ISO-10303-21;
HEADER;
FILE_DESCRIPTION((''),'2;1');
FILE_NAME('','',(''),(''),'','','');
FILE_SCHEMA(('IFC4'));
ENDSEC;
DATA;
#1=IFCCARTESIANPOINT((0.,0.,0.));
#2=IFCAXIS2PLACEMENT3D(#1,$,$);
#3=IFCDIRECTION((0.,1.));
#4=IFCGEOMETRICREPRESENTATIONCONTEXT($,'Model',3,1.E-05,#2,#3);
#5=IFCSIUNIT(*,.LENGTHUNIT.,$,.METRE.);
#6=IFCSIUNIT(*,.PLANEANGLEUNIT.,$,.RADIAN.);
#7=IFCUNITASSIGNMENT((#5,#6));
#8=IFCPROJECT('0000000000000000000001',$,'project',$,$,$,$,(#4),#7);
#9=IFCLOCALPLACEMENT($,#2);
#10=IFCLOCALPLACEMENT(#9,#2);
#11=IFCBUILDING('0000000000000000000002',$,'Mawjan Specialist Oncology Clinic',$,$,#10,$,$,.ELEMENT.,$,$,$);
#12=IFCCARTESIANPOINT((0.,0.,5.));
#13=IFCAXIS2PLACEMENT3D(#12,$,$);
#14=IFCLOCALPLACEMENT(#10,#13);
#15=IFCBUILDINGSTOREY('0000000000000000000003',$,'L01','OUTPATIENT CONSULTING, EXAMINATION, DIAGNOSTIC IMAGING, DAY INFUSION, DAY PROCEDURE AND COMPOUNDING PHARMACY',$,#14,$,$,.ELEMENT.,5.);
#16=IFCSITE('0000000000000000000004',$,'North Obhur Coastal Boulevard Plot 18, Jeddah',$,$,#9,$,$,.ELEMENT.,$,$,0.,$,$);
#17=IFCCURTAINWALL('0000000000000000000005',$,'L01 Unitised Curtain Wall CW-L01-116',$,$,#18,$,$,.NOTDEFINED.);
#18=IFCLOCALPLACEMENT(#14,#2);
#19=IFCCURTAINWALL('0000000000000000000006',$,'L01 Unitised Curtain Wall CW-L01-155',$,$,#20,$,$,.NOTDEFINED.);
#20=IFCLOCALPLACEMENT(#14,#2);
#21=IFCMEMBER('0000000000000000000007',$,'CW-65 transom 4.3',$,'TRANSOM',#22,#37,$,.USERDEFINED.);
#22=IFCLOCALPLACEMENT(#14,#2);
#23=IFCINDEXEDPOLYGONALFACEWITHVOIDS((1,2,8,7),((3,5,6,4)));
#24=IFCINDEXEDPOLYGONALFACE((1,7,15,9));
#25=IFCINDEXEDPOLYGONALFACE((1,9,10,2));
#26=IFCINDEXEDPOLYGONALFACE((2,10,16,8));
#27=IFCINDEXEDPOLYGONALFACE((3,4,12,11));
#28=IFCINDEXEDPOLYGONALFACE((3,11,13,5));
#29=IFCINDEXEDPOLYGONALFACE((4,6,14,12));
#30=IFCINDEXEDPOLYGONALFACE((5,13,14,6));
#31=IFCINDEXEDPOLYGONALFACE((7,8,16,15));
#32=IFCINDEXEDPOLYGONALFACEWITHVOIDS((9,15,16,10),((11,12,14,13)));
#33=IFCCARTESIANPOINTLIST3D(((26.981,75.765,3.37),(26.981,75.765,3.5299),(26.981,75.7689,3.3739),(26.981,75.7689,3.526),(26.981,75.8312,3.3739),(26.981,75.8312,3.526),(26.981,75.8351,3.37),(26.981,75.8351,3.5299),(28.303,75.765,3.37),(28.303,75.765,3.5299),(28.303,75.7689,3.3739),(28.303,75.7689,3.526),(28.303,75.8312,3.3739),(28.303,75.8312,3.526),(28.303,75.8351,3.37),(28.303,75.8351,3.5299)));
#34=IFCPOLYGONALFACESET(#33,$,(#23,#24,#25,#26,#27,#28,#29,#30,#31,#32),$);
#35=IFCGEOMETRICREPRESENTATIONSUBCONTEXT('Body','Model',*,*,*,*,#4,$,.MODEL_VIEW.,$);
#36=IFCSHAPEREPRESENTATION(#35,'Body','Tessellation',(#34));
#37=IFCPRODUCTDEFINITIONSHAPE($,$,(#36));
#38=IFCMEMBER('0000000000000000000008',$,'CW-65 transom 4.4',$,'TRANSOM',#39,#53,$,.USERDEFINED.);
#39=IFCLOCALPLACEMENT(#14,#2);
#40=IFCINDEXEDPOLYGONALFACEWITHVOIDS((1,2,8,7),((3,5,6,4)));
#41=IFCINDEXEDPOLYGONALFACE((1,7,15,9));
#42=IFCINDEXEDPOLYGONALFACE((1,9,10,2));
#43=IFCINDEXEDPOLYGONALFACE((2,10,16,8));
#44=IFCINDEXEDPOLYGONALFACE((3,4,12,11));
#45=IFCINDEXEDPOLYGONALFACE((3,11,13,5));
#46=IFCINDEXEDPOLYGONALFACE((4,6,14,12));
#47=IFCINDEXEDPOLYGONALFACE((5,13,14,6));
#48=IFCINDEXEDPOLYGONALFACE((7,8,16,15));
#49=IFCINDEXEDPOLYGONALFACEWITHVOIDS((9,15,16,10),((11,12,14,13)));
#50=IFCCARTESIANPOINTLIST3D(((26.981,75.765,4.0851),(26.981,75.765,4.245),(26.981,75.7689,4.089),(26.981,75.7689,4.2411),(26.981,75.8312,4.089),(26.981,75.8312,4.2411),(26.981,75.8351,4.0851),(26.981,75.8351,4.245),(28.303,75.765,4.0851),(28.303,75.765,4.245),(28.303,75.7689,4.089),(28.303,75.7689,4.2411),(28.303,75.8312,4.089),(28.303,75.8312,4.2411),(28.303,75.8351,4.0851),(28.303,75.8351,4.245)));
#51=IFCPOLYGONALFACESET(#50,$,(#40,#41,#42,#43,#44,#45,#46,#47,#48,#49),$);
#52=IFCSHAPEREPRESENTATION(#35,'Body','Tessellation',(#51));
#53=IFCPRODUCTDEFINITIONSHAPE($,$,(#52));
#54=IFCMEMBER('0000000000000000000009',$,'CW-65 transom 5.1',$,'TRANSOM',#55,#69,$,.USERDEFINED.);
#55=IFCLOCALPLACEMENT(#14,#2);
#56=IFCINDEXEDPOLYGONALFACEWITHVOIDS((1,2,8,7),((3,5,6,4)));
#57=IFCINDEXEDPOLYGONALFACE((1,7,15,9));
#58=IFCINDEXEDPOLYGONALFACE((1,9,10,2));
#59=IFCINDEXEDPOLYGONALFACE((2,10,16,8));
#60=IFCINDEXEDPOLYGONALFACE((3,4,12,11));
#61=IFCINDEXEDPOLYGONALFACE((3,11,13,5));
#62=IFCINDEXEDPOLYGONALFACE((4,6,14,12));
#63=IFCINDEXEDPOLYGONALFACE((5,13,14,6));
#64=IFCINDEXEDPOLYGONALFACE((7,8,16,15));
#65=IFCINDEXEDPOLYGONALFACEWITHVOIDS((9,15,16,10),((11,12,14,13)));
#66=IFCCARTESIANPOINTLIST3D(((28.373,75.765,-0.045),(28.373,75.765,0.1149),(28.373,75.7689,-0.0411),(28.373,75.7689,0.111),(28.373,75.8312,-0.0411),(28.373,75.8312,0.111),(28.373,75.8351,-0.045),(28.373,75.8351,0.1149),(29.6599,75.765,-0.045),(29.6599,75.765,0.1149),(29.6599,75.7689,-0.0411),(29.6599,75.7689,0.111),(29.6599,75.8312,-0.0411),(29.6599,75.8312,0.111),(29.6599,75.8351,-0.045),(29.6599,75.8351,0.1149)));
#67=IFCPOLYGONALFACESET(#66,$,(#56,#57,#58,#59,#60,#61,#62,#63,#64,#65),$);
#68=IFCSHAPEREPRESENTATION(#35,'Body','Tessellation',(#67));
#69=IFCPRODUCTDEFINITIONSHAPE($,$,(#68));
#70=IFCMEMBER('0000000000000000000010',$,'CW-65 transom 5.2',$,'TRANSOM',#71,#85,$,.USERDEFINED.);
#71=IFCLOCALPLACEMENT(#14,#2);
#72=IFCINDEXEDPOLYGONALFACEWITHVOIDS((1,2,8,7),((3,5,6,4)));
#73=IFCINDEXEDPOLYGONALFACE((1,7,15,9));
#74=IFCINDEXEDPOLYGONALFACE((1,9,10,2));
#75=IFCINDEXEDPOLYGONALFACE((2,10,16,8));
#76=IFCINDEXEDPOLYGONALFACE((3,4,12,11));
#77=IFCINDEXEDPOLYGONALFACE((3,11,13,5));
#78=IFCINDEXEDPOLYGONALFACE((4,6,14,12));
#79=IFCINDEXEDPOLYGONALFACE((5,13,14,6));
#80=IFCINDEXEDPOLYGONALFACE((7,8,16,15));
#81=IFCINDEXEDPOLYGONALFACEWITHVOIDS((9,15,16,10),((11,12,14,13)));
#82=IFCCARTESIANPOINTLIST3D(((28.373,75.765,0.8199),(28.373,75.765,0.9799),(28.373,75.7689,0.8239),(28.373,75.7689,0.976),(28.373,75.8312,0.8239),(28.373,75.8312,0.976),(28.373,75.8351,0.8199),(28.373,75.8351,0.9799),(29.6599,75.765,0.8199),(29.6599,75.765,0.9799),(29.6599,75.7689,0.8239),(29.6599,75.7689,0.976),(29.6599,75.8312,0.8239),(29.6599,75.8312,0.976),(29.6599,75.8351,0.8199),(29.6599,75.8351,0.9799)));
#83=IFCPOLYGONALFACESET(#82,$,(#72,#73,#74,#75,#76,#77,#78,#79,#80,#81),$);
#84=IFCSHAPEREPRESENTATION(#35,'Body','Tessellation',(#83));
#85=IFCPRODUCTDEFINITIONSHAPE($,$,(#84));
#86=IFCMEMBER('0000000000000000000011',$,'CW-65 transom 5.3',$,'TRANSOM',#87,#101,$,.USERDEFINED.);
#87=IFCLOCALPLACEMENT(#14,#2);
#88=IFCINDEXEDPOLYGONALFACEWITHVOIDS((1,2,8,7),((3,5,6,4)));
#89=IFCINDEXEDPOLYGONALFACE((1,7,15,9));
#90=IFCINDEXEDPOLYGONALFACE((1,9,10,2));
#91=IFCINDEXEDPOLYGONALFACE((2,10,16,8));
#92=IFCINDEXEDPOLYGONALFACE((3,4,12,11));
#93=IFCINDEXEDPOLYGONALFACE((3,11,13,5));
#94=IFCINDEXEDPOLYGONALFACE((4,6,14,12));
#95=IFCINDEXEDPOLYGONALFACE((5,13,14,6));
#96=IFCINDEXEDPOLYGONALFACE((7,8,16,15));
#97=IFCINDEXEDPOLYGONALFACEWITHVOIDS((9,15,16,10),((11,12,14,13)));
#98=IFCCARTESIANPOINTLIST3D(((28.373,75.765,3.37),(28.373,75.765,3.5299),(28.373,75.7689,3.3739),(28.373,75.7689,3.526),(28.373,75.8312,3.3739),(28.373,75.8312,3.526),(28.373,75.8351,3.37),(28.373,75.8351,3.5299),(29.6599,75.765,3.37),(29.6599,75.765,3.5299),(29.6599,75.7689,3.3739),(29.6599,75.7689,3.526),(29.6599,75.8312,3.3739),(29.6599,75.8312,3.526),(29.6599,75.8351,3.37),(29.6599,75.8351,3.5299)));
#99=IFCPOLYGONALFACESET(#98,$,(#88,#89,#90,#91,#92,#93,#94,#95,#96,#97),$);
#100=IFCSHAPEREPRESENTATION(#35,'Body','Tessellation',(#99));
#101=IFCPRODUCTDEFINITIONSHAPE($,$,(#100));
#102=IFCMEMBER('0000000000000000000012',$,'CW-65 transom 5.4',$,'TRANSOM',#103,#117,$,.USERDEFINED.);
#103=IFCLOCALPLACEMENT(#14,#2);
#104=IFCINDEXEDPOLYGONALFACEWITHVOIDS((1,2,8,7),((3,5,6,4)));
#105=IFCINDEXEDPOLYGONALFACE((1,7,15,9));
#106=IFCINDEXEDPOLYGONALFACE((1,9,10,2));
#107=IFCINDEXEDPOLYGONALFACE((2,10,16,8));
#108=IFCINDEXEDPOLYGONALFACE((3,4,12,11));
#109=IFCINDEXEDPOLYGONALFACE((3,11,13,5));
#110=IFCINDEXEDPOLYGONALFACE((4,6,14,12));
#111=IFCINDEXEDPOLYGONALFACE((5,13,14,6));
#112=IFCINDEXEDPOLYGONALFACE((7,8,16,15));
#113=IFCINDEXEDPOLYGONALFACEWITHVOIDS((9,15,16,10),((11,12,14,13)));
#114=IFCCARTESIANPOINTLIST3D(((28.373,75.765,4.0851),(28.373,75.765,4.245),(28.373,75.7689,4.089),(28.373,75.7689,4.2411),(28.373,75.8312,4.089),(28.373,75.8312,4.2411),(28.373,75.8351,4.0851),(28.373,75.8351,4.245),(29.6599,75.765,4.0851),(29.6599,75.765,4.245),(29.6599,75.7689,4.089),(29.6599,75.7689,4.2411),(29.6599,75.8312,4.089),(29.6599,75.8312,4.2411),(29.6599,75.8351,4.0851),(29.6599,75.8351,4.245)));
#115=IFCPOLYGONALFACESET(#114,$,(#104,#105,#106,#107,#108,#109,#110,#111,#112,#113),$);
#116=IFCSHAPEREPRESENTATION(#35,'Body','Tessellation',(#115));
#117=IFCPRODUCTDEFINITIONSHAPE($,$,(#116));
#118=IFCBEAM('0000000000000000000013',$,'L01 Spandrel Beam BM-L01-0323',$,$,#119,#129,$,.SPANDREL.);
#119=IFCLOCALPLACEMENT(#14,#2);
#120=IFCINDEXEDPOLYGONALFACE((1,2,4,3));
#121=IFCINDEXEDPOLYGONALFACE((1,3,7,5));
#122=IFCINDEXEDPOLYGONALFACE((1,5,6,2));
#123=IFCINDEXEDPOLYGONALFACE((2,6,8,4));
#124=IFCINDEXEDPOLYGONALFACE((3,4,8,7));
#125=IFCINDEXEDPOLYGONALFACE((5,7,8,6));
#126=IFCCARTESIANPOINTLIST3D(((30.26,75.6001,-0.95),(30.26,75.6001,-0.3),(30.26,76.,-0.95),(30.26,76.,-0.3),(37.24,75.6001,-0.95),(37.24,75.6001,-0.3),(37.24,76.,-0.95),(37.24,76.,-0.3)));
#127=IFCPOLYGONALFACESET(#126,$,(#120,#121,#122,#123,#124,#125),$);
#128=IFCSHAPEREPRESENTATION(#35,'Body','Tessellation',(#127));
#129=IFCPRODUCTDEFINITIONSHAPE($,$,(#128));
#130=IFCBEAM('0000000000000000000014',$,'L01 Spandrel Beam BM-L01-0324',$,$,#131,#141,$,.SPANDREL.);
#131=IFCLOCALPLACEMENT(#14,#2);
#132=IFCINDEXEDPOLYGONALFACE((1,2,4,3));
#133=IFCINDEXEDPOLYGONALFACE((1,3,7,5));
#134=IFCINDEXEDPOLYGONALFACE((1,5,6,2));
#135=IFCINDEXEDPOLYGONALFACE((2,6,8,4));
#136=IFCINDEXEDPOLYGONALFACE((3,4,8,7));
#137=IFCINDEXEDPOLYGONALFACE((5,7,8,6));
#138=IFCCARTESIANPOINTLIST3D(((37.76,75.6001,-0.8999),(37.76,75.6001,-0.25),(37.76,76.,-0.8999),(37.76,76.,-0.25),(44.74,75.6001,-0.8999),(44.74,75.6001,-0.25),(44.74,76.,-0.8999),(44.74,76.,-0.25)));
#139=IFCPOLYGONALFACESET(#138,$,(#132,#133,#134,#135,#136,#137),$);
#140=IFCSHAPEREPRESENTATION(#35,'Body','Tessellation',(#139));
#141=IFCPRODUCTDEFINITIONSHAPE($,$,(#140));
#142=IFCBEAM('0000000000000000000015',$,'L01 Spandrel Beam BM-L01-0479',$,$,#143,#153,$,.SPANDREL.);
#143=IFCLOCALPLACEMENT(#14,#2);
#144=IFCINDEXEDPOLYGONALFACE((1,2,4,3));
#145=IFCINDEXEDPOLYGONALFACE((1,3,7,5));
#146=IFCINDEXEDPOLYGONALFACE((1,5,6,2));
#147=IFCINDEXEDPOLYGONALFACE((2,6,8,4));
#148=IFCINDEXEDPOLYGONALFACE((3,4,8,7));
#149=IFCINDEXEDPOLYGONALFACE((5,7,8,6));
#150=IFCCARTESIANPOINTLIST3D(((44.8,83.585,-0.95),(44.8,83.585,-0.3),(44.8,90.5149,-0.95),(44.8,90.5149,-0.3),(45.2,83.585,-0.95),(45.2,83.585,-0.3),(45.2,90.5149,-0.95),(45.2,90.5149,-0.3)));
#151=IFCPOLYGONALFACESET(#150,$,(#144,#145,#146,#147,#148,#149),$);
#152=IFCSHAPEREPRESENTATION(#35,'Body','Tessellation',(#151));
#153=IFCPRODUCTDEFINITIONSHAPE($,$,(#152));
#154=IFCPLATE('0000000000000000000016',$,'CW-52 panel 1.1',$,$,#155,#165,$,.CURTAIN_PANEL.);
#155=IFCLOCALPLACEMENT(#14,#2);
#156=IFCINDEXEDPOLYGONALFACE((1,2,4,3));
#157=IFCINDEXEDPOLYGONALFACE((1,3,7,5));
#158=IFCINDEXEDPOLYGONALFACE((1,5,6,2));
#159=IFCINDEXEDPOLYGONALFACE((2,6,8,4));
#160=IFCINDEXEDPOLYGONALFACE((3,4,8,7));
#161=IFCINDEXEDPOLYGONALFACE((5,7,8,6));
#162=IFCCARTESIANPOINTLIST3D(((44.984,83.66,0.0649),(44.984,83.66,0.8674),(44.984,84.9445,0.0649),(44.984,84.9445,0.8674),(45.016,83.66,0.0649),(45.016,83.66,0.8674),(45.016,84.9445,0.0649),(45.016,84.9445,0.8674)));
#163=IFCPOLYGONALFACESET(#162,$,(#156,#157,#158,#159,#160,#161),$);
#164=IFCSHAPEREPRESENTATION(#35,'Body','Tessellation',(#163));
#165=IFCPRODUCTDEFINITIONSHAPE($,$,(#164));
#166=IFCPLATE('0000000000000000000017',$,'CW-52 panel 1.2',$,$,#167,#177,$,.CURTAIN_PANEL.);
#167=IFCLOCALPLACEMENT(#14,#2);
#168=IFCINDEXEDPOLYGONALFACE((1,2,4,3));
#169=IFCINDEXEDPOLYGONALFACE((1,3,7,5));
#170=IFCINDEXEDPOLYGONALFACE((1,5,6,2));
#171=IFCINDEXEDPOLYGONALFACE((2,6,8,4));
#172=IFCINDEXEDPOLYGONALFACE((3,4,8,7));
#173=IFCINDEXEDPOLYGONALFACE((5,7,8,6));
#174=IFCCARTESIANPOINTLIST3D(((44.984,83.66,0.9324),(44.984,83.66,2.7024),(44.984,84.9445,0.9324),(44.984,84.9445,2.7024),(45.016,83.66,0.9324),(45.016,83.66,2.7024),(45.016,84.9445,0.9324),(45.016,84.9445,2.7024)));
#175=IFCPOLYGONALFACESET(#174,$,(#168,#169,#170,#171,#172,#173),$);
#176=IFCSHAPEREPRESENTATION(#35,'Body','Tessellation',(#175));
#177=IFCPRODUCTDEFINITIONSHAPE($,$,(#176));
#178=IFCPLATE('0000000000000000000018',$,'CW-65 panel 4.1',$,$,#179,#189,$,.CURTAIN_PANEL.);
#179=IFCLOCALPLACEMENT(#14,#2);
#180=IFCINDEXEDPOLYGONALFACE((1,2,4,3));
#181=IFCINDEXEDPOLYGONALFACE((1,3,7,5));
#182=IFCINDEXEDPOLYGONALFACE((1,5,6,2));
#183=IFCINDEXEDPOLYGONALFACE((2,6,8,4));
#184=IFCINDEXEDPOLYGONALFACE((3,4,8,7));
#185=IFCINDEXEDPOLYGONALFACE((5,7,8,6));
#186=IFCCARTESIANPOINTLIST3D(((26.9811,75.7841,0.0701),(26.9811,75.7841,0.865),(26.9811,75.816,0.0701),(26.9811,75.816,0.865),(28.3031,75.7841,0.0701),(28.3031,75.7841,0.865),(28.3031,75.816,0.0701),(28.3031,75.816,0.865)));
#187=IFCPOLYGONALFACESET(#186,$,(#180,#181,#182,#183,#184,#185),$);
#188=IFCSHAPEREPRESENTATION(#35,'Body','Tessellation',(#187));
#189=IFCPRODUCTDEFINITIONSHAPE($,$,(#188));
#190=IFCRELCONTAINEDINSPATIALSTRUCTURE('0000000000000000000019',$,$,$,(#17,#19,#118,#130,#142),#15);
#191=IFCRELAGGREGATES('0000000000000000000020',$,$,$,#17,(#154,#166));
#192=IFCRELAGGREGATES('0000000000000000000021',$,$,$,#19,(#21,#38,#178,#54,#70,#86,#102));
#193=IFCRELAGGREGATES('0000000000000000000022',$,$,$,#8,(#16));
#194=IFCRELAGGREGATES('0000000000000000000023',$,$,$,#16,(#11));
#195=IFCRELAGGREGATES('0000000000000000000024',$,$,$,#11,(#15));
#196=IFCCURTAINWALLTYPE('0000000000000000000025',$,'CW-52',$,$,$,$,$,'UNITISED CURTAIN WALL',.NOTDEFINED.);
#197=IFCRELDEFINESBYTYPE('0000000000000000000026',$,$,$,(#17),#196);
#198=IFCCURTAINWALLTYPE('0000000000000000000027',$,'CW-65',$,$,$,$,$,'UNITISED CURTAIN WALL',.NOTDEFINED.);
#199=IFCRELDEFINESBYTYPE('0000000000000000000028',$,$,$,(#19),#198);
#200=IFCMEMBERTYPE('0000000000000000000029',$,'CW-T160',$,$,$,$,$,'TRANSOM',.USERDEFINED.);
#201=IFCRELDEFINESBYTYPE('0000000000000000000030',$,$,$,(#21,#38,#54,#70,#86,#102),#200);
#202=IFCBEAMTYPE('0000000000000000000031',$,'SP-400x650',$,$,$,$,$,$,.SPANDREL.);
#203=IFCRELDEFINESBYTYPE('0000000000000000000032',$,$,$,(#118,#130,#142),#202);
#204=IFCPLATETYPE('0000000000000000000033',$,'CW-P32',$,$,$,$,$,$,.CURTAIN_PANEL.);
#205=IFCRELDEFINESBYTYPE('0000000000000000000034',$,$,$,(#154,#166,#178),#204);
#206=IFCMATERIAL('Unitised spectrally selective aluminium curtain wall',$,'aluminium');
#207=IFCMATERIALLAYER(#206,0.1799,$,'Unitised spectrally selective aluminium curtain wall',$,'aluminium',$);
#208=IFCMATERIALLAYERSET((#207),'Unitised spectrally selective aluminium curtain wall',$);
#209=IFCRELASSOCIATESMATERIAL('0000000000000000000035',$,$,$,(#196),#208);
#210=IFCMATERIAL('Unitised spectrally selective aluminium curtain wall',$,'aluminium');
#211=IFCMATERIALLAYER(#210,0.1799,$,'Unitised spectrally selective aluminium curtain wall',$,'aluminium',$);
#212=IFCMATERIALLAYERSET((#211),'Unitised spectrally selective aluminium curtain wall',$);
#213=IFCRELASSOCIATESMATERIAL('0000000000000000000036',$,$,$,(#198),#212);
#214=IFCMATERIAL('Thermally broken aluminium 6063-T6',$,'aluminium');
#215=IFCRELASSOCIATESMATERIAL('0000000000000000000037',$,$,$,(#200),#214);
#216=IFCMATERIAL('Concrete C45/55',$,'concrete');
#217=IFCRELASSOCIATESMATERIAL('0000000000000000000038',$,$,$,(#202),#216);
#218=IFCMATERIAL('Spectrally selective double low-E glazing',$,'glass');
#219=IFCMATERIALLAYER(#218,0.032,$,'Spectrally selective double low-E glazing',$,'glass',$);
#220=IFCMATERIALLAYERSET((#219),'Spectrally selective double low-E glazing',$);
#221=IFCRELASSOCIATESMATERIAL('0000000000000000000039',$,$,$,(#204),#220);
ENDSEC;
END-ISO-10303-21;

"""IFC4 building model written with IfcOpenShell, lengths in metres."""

from ifc_helpers import new_model, si_unit, direction, frame, origin, origin_2d, place, context, subcontext, project, spatial, rectangle, hollow_rectangle, extrude, material, layer, layer_set, material_profile, profile_set, type_object, element, aggregate, save


model = new_model("IFC4")

# Units and contexts
model_context = context("Model", 3, precision=1e-05, world=origin(), true_north=direction((0.0, 1.0)))
body_context = subcontext(model_context, "Body", "Model", "MODEL_VIEW")
ifc_project = project(units=[si_unit("LENGTHUNIT", "METRE"), si_unit("PLANEANGLEUNIT", "RADIAN")], contexts=[model_context])

# Site, building, storey
site_placement = place(None, origin())
site = spatial("IfcSite", under=ifc_project, at=site_placement, Name="North Obhur Coastal Boulevard Plot 18, Jeddah", CompositionType="ELEMENT", RefElevation=0.0)
building_placement = place(site_placement, origin())
building = spatial("IfcBuilding", under=site, at=building_placement, Name="Mawjan Specialist Oncology Clinic", CompositionType="ELEMENT")
storey_placement = place(building_placement, frame((0.0, 0.0, 5.0)))
storey = spatial("IfcBuildingStorey", under=building, at=storey_placement, Name="L01", Description="OUTPATIENT CONSULTING, EXAMINATION, DIAGNOSTIC IMAGING, DAY INFUSION, DAY PROCEDURE AND COMPOUNDING PHARMACY", CompositionType="ELEMENT", Elevation=5.0)

# Curtain wall
ifc_material_1 = material(Name="Unitised spectrally selective aluminium curtain wall", Category="aluminium")
ifc_layer_1 = layer(ifc_material_1, 0.1799, Name="Unitised spectrally selective aluminium curtain wall", Category="aluminium")
ifc_layer_set_1 = layer_set([ifc_layer_1], Name="Unitised spectrally selective aluminium curtain wall")
curtain_wall_type_1 = type_object("IfcCurtainWallType", Name="CW-52", ElementType="UNITISED CURTAIN WALL", PredefinedType="NOTDEFINED", material=ifc_layer_set_1)
curtain_wall_1_placement = place(storey_placement, origin())
curtain_wall_1 = element("IfcCurtainWall", 1, at=curtain_wall_1_placement, inside=storey, type_object=curtain_wall_type_1, Name="L01 Unitised Curtain Wall CW-L01-116", PredefinedType="NOTDEFINED")

# Curtain wall
ifc_material_2 = material(Name="Unitised spectrally selective aluminium curtain wall", Category="aluminium")
ifc_layer_2 = layer(ifc_material_2, 0.1799, Name="Unitised spectrally selective aluminium curtain wall", Category="aluminium")
ifc_layer_set_2 = layer_set([ifc_layer_2], Name="Unitised spectrally selective aluminium curtain wall")
curtain_wall_type_2 = type_object("IfcCurtainWallType", Name="CW-65", ElementType="UNITISED CURTAIN WALL", PredefinedType="NOTDEFINED", material=ifc_layer_set_2)
curtain_wall_2_placement = place(storey_placement, origin())
curtain_wall_2 = element("IfcCurtainWall", 2, at=curtain_wall_2_placement, inside=storey, type_object=curtain_wall_type_2, Name="L01 Unitised Curtain Wall CW-L01-155", PredefinedType="NOTDEFINED")

# Members
ifc_material_3 = material(Name="Thermally broken aluminium 6063-T6", Category="aluminium")
ifc_material_profile_1 = material_profile(ifc_material_3, hollow_rectangle(XDim=0.0701, YDim=0.1599, WallThickness=0.0039, at=origin_2d()), Name="ALU TRANSOM 160x70x4", Category="aluminium")
ifc_profile_set_1 = profile_set([ifc_material_profile_1], Name="Thermally broken aluminium 6063-T6")
member_type_1 = type_object("IfcMemberType", Name="CW-T160", ElementType="TRANSOM", PredefinedType="USERDEFINED", material=ifc_profile_set_1)
member_1_placement = place(storey_placement, frame((26.981, 75.8, 3.45), z_axis=(1.0, 0.0, 0.0), x_axis=(0.0, 1.0, 0.0)))
member_1 = element("IfcMember", 3, at=member_1_placement, type_object=member_type_1, Name="CW-65 transom 4.3", ObjectType="TRANSOM", PredefinedType="USERDEFINED", context=body_context, shape_type="SweptSolid", body=[
    extrude(hollow_rectangle(XDim=0.0701, YDim=0.1599, WallThickness=0.0039, at=origin_2d()), origin(), (0.0, 0.0, 1.0), 1.322),
])
member_2_placement = place(storey_placement, frame((26.981, 75.8, 4.165), z_axis=(1.0, 0.0, 0.0), x_axis=(0.0, 1.0, 0.0)))
member_2 = element("IfcMember", 4, at=member_2_placement, type_object=member_type_1, Name="CW-65 transom 4.4", ObjectType="TRANSOM", PredefinedType="USERDEFINED", context=body_context, shape_type="SweptSolid", body=[
    extrude(hollow_rectangle(XDim=0.0701, YDim=0.1599, WallThickness=0.0039, at=origin_2d()), origin(), (0.0, 0.0, 1.0), 1.322),
])
member_3_placement = place(storey_placement, frame((28.373, 75.8, 0.0349), z_axis=(1.0, 0.0, 0.0), x_axis=(0.0, 1.0, 0.0)))
member_3 = element("IfcMember", 5, at=member_3_placement, type_object=member_type_1, Name="CW-65 transom 5.1", ObjectType="TRANSOM", PredefinedType="USERDEFINED", context=body_context, shape_type="SweptSolid", body=[
    extrude(hollow_rectangle(XDim=0.0701, YDim=0.1599, WallThickness=0.0039, at=origin_2d()), origin(), (0.0, 0.0, 1.0), 1.2869),
])
member_4_placement = place(storey_placement, frame((28.373, 75.8, 0.8999), z_axis=(1.0, 0.0, 0.0), x_axis=(0.0, 1.0, 0.0)))
member_4 = element("IfcMember", 6, at=member_4_placement, type_object=member_type_1, Name="CW-65 transom 5.2", ObjectType="TRANSOM", PredefinedType="USERDEFINED", context=body_context, shape_type="SweptSolid", body=[
    extrude(hollow_rectangle(XDim=0.0701, YDim=0.1599, WallThickness=0.0039, at=origin_2d()), origin(), (0.0, 0.0, 1.0), 1.2869),
])
member_5_placement = place(storey_placement, frame((28.373, 75.8, 3.45), z_axis=(1.0, 0.0, 0.0), x_axis=(0.0, 1.0, 0.0)))
member_5 = element("IfcMember", 7, at=member_5_placement, type_object=member_type_1, Name="CW-65 transom 5.3", ObjectType="TRANSOM", PredefinedType="USERDEFINED", context=body_context, shape_type="SweptSolid", body=[
    extrude(hollow_rectangle(XDim=0.0701, YDim=0.1599, WallThickness=0.0039, at=origin_2d()), origin(), (0.0, 0.0, 1.0), 1.2869),
])
member_6_placement = place(storey_placement, frame((28.373, 75.8, 4.165), z_axis=(1.0, 0.0, 0.0), x_axis=(0.0, 1.0, 0.0)))
member_6 = element("IfcMember", 8, at=member_6_placement, type_object=member_type_1, Name="CW-65 transom 5.4", ObjectType="TRANSOM", PredefinedType="USERDEFINED", context=body_context, shape_type="SweptSolid", body=[
    extrude(hollow_rectangle(XDim=0.0701, YDim=0.1599, WallThickness=0.0039, at=origin_2d()), origin(), (0.0, 0.0, 1.0), 1.2869),
])

# Beams
ifc_material_4 = material(Name="Concrete C45/55", Category="concrete")
ifc_material_profile_2 = material_profile(ifc_material_4, rectangle(XDim=0.3999, YDim=0.6499, at=origin_2d()), Name="RC BM 400x650", Category="concrete")
ifc_profile_set_2 = profile_set([ifc_material_profile_2], Name="Concrete C45/55")
beam_type = type_object("IfcBeamType", Name="SP-400x650", PredefinedType="SPANDREL", material=ifc_profile_set_2)
for number, where, z_axis, x_axis, name in (
    (9, (30.26, 75.8, -0.625), (1.0, 0.0, 0.0), (0.0, 1.0, 0.0), "L01 Spandrel Beam BM-L01-0323"),
    (10, (37.76, 75.8, -0.575), (1.0, 0.0, 0.0), (0.0, 1.0, 0.0), "L01 Spandrel Beam BM-L01-0324"),
):
    element("IfcBeam", number, at=place(storey_placement, frame(where, z_axis=z_axis, x_axis=x_axis)), inside=storey, type_object=beam_type, Name=name, PredefinedType="SPANDREL", context=body_context, shape_type="SweptSolid", body=[
        extrude(rectangle(XDim=0.3999, YDim=0.6499, at=origin_2d()), origin(), (0.0, 0.0, 1.0), 6.98),
    ])
beam_placement = place(storey_placement, frame((45.0, 83.585, -0.625), z_axis=(0.0, 1.0, 0.0), x_axis=(-1.0, 0.0, 0.0)))
element("IfcBeam", 11, at=beam_placement, inside=storey, type_object=beam_type, Name="L01 Spandrel Beam BM-L01-0479", PredefinedType="SPANDREL", context=body_context, shape_type="SweptSolid", body=[
    extrude(rectangle(XDim=0.3999, YDim=0.6499, at=origin_2d()), origin(), (0.0, 0.0, 1.0), 6.9299),
])

# Plates
ifc_material_5 = material(Name="Spectrally selective double low-E glazing", Category="glass")
ifc_layer_3 = layer(ifc_material_5, 0.032, Name="Spectrally selective double low-E glazing", Category="glass")
ifc_layer_set_3 = layer_set([ifc_layer_3], Name="Spectrally selective double low-E glazing")
plate_type = type_object("IfcPlateType", Name="CW-P32", PredefinedType="CURTAIN_PANEL", material=ifc_layer_set_3)
plate_1_placement = place(storey_placement, frame((45.0, 84.3022, 0.0649), z_axis=(0.0, 0.0, 1.0), x_axis=(0.0, 1.0, 0.0)))
plate_1 = element("IfcPlate", 12, at=plate_1_placement, type_object=plate_type, Name="CW-52 panel 1.1", PredefinedType="CURTAIN_PANEL", context=body_context, shape_type="SweptSolid", body=[
    extrude(rectangle(XDim=1.2844, YDim=0.032, at=origin_2d()), origin(), (0.0, 0.0, 1.0), 0.8025),
])
plate_2_placement = place(storey_placement, frame((45.0, 84.3022, 0.9324), z_axis=(0.0, 0.0, 1.0), x_axis=(0.0, 1.0, 0.0)))
plate_2 = element("IfcPlate", 13, at=plate_2_placement, type_object=plate_type, Name="CW-52 panel 1.2", PredefinedType="CURTAIN_PANEL", context=body_context, shape_type="SweptSolid", body=[
    extrude(rectangle(XDim=1.2844, YDim=0.032, at=origin_2d()), origin(), (0.0, 0.0, 1.0), 1.77),
])
aggregate(curtain_wall_1, [plate_1, plate_2])
plate_3_placement = place(storey_placement, frame((27.6421, 75.8, 0.0701), z_axis=(0.0, 0.0, 1.0), x_axis=(1.0, 0.0, 0.0)))
plate_3 = element("IfcPlate", 14, at=plate_3_placement, type_object=plate_type, Name="CW-65 panel 4.1", PredefinedType="CURTAIN_PANEL", context=body_context, shape_type="SweptSolid", body=[
    extrude(rectangle(XDim=1.322, YDim=0.032, at=origin_2d()), origin(), (0.0, 0.0, 1.0), 0.7949),
])
aggregate(curtain_wall_2, [member_1, member_2, plate_3, member_3, member_4, member_5, member_6])

save(model, "model.ifc")
